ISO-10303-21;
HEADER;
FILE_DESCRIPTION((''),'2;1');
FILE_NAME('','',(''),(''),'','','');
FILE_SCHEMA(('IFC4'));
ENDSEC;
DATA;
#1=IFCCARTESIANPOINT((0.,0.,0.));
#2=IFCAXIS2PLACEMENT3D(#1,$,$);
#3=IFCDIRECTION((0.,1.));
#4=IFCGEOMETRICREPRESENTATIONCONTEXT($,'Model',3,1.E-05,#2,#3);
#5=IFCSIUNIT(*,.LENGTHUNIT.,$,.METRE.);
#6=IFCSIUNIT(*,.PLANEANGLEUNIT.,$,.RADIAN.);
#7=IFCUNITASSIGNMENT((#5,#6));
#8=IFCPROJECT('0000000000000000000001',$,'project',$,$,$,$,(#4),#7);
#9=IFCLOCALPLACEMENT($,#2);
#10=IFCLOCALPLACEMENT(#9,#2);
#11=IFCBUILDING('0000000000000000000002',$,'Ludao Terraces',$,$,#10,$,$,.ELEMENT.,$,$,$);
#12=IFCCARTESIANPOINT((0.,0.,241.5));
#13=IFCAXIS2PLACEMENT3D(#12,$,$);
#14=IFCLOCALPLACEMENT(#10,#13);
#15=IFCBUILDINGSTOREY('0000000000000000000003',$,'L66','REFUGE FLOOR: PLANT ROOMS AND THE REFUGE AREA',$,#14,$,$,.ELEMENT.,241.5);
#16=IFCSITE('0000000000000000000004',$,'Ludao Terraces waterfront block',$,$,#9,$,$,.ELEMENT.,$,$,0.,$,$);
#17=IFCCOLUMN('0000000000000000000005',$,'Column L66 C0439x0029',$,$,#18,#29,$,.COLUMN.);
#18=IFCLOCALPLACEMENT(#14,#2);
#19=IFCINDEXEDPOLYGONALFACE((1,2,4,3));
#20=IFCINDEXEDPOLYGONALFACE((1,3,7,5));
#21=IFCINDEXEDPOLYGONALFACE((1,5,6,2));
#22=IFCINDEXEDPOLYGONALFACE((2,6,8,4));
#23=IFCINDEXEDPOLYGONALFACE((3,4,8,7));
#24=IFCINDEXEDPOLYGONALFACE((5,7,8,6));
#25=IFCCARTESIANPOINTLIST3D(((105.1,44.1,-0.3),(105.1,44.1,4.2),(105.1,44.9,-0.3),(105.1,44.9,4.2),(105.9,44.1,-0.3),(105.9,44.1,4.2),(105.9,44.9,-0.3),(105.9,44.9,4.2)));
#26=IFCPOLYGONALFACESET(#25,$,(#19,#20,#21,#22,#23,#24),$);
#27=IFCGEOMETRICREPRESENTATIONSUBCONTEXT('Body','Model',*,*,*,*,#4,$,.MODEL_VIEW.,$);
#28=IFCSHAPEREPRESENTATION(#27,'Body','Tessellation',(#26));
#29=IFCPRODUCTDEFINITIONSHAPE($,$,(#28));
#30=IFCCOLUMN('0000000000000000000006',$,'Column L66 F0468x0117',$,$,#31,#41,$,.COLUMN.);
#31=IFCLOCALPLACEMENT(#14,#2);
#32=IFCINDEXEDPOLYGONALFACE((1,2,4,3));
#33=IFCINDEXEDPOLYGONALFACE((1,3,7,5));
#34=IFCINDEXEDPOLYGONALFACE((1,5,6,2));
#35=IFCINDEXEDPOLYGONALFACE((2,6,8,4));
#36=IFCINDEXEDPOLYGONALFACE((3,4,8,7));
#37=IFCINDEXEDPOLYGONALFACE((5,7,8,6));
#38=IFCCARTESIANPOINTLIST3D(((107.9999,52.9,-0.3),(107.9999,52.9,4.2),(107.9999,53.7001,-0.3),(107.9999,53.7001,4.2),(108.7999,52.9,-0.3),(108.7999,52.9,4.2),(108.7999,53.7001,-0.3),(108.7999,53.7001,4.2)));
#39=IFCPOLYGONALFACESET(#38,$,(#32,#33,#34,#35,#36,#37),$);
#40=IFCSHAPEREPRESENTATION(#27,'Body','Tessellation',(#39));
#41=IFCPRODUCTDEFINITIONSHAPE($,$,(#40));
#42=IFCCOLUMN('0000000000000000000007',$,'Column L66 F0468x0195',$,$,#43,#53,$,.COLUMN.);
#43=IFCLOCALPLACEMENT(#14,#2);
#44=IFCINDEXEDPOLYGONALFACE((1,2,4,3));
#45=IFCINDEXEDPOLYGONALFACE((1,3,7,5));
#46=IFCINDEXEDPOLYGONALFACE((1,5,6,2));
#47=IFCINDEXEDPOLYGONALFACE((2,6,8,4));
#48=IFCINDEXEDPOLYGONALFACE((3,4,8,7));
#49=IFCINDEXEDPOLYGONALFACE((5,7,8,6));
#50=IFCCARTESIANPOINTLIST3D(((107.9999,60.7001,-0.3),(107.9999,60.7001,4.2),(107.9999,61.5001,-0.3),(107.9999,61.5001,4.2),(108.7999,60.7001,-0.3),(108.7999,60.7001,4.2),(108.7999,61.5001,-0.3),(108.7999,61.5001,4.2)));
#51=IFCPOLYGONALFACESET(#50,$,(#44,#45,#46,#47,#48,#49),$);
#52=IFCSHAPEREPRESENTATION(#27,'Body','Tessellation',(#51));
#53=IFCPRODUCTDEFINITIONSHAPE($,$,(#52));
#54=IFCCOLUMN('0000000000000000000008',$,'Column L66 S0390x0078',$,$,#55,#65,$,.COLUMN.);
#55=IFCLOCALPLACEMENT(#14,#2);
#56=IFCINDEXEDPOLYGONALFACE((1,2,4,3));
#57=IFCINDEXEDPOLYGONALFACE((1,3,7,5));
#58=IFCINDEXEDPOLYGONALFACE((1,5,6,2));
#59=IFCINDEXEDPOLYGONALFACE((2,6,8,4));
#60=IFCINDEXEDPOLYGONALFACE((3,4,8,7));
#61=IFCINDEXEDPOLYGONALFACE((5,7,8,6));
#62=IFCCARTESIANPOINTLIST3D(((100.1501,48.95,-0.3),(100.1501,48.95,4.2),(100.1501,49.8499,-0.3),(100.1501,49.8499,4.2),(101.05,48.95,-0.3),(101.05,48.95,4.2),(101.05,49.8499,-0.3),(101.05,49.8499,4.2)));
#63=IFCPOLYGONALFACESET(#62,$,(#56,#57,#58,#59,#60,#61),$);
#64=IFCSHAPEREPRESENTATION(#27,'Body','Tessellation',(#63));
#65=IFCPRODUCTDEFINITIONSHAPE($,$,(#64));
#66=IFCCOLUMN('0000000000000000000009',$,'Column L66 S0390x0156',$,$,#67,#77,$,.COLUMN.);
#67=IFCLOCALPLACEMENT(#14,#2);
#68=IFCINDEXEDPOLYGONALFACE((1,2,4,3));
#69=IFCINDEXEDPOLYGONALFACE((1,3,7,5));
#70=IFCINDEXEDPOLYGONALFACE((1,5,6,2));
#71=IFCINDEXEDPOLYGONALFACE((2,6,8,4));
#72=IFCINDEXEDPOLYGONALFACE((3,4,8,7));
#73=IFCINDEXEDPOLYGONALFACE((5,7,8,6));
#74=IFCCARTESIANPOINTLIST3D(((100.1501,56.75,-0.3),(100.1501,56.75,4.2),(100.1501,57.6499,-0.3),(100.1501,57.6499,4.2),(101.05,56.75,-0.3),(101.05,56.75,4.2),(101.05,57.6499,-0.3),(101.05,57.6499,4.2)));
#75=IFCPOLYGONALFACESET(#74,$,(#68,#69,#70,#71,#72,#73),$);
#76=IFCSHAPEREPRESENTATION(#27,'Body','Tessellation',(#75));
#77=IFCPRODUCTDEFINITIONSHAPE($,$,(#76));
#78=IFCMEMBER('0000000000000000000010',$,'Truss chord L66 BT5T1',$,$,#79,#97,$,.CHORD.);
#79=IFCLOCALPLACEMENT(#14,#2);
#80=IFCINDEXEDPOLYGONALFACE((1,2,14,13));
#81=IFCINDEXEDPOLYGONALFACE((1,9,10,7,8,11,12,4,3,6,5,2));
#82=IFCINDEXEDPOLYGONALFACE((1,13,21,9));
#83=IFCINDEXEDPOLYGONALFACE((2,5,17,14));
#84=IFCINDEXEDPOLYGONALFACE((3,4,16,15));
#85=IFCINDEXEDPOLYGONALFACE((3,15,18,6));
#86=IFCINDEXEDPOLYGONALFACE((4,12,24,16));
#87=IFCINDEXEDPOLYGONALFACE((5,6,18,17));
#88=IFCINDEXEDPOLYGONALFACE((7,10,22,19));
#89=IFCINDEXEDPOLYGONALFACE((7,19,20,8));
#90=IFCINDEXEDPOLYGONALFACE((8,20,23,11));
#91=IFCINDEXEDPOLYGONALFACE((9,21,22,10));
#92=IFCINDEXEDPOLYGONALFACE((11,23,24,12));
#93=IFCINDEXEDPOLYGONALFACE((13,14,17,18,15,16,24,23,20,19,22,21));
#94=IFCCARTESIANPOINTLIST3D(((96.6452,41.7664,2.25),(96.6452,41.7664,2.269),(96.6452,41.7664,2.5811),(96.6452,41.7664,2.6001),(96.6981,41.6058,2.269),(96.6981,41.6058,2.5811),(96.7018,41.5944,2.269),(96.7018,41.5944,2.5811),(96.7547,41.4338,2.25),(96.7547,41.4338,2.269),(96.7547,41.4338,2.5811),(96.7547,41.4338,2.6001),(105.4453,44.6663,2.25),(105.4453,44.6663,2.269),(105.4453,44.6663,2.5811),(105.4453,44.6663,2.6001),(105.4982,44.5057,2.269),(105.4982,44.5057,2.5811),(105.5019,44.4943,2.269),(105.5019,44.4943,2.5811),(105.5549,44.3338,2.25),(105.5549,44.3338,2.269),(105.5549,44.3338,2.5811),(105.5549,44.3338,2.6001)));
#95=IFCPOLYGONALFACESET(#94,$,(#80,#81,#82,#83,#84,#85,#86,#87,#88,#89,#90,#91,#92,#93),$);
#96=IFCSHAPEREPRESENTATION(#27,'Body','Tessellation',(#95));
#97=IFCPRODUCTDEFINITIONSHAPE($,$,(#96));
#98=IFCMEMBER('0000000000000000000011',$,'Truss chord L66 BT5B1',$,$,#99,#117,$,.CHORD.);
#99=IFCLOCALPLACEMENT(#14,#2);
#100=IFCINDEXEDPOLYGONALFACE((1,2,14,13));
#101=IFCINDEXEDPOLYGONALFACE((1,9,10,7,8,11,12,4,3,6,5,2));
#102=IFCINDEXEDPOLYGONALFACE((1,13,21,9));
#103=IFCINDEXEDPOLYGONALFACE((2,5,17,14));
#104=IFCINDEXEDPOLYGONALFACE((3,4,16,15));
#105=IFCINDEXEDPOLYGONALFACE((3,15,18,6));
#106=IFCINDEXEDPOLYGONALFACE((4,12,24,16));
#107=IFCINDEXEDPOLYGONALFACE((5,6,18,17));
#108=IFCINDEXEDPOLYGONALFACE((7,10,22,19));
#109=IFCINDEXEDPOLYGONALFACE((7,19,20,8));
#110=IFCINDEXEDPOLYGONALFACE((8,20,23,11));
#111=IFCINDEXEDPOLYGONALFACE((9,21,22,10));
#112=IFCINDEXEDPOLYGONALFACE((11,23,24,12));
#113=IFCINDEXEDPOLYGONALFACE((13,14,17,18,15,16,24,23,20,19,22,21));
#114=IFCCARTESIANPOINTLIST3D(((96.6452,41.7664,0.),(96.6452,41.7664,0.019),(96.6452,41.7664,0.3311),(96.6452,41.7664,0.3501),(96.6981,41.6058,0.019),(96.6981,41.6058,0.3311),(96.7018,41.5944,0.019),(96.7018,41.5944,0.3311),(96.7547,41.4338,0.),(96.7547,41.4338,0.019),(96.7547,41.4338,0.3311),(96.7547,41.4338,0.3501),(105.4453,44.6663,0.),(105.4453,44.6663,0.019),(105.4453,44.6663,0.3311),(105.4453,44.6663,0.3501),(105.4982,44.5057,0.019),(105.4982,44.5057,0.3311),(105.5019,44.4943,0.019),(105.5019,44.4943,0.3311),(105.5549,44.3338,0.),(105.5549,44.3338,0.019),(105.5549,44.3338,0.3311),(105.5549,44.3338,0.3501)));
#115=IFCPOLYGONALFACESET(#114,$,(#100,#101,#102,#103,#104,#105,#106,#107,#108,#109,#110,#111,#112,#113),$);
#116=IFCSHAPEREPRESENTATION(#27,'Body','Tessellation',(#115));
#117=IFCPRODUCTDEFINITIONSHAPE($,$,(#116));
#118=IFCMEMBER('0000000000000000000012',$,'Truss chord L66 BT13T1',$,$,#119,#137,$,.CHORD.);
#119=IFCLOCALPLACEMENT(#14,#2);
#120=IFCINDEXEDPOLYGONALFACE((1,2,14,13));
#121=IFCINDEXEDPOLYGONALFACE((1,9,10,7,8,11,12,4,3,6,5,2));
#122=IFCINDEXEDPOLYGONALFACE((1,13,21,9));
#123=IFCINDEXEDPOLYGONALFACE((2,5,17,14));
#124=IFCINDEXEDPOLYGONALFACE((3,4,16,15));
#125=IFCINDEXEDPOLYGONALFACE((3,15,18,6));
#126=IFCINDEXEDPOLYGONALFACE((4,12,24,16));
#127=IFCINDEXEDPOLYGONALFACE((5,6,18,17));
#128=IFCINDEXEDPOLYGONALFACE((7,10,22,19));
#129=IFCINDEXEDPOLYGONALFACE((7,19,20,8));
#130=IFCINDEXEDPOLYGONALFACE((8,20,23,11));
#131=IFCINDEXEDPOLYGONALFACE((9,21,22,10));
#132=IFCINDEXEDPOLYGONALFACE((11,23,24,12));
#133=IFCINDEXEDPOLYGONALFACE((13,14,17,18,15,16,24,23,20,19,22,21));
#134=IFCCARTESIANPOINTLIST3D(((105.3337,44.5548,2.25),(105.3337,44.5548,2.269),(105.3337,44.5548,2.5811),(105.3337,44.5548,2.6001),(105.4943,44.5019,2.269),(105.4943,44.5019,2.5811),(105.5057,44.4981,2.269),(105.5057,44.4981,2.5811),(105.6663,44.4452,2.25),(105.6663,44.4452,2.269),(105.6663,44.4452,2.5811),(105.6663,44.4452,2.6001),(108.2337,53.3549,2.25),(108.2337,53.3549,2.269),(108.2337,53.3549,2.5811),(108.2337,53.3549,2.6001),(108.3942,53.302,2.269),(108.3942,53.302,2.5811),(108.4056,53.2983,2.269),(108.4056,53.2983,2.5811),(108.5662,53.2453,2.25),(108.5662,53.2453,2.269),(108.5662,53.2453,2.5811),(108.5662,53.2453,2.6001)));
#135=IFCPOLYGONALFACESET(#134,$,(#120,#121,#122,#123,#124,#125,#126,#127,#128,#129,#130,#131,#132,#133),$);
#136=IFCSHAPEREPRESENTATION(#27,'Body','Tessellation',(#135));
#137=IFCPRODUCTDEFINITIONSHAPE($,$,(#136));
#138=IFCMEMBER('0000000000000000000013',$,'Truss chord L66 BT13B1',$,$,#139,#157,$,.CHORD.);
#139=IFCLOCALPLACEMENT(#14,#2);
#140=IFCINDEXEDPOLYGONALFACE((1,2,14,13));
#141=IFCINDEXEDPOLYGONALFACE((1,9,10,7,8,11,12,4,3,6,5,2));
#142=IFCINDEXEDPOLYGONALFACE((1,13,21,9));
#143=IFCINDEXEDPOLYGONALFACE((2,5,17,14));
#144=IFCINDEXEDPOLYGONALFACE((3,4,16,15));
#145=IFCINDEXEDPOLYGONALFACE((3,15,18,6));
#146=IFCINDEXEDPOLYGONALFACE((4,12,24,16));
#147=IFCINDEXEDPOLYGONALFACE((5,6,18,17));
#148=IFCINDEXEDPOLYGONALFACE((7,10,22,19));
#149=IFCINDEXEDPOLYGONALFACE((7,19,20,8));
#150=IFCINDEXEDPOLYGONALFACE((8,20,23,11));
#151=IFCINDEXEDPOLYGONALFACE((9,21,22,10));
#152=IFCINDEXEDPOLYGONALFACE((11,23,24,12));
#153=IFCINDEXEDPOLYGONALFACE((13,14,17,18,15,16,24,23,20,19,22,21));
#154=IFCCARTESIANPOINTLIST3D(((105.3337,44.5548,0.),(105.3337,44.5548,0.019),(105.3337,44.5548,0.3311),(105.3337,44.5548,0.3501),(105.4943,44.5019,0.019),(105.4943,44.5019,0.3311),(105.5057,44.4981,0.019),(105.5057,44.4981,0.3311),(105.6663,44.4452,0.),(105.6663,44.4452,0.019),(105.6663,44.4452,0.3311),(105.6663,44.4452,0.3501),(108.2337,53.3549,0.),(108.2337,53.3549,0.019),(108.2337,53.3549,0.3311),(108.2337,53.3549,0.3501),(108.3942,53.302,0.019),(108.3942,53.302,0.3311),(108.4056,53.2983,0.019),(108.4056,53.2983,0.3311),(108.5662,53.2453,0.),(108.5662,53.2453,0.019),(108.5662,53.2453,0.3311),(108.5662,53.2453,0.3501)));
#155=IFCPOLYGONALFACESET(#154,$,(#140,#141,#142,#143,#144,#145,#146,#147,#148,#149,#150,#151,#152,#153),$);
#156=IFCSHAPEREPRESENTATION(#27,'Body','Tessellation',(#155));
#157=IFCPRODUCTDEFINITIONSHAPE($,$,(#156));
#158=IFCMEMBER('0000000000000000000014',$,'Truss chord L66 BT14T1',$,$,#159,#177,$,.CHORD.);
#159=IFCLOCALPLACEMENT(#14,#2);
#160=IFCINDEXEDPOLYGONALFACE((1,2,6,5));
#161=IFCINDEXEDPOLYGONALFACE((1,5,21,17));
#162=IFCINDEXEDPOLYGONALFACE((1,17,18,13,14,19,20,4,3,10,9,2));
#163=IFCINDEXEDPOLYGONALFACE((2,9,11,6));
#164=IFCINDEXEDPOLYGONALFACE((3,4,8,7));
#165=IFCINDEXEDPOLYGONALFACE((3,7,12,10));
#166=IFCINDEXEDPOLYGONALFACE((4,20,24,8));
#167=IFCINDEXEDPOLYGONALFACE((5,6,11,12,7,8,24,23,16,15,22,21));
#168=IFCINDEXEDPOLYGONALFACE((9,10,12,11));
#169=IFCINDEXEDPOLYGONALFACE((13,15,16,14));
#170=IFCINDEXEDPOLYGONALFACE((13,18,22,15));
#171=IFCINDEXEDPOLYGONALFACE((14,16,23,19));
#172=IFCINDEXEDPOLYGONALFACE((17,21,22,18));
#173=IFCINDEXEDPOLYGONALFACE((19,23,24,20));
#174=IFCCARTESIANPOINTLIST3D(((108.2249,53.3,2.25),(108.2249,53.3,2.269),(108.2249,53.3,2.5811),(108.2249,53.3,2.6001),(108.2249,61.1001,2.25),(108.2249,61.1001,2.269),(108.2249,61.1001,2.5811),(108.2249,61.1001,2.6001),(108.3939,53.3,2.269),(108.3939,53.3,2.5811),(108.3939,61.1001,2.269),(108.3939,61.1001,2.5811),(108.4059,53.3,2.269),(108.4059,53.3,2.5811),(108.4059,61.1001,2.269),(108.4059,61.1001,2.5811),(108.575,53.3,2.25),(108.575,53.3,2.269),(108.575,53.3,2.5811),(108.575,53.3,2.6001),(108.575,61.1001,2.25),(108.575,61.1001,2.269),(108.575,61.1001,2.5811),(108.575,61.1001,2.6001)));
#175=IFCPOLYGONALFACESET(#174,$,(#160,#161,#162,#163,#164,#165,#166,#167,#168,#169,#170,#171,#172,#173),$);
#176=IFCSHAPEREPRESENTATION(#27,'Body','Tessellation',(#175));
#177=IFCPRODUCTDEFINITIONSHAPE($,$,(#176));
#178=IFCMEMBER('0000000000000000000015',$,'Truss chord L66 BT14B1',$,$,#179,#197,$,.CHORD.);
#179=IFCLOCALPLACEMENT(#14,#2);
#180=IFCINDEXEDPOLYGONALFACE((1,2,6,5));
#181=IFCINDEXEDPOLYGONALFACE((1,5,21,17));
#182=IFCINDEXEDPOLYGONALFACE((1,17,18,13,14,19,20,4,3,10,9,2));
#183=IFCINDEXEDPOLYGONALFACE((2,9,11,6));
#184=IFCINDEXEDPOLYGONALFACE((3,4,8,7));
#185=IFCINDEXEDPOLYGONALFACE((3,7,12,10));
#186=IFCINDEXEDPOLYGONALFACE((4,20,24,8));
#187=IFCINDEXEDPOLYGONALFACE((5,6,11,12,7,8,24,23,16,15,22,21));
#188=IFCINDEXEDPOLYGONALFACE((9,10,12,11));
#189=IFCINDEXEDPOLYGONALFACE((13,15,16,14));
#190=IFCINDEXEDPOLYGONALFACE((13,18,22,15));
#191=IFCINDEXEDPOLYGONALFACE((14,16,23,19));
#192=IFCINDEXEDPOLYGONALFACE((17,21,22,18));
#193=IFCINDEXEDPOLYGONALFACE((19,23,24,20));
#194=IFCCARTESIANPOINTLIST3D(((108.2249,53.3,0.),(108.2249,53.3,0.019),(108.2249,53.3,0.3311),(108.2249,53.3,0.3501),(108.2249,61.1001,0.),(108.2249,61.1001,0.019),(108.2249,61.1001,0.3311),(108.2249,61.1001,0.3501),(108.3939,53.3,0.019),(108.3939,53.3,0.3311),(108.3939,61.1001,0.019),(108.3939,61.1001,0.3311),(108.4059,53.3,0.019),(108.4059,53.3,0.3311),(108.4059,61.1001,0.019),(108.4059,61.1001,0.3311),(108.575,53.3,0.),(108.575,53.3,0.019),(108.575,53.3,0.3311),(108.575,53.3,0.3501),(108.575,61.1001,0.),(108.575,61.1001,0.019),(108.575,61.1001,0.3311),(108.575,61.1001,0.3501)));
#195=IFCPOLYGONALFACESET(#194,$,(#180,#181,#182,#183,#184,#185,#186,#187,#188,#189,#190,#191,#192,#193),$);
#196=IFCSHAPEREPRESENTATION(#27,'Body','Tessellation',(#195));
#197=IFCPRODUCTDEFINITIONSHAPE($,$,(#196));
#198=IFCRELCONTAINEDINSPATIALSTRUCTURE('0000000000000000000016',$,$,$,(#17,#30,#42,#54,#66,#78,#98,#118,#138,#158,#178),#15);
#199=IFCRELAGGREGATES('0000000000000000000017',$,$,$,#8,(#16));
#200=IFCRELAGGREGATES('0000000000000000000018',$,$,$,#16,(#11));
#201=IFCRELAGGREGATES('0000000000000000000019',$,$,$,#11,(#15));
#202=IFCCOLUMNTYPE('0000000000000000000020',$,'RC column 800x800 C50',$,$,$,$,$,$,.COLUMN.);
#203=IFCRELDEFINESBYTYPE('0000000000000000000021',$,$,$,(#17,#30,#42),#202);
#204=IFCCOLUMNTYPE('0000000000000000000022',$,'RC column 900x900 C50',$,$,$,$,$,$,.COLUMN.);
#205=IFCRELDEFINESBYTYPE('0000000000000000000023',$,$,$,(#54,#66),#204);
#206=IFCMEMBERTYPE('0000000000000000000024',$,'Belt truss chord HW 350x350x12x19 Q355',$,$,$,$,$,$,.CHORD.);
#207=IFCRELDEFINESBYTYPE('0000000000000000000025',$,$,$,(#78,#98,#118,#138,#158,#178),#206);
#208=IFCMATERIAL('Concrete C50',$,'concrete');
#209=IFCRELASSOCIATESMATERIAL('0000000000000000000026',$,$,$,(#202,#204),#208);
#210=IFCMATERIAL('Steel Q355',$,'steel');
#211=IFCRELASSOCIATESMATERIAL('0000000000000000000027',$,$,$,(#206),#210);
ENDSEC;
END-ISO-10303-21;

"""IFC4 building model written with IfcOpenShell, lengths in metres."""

from ifc_helpers import new_model, si_unit, direction, frame, origin, origin_2d, place, context, subcontext, project, spatial, rectangle, i_section, extrude, material, material_profile, profile_set, type_object, element, save


model = new_model("IFC4")

# Units and contexts
model_context = context("Model", 3, precision=1e-05, world=origin(), true_north=direction((0.0, 1.0)))
body_context = subcontext(model_context, "Body", "Model", "MODEL_VIEW")
ifc_project = project(units=[si_unit("LENGTHUNIT", "METRE"), si_unit("PLANEANGLEUNIT", "RADIAN")], contexts=[model_context])

# Site, building, storey
site_placement = place(None, origin())
site = spatial("IfcSite", under=ifc_project, at=site_placement, Name="Ludao Terraces waterfront block", CompositionType="ELEMENT", RefElevation=0.0)
building_placement = place(site_placement, origin())
building = spatial("IfcBuilding", under=site, at=building_placement, Name="Ludao Terraces", CompositionType="ELEMENT")
storey_placement = place(building_placement, frame((0.0, 0.0, 241.5)))
storey = spatial("IfcBuildingStorey", under=building, at=storey_placement, Name="L66", Description="REFUGE FLOOR: PLANT ROOMS AND THE REFUGE AREA", CompositionType="ELEMENT", Elevation=241.5)

# Columns
ifc_material_1 = material(Name="Concrete C50", Category="concrete")
ifc_material_profile_1 = material_profile(ifc_material_1, rectangle(XDim=0.8, YDim=0.8, at=origin_2d()), Name="800 X 800")
ifc_profile_set_1 = profile_set([ifc_material_profile_1], Name="Concrete C50")
column_type_1 = type_object("IfcColumnType", Name="RC column 800x800 C50", PredefinedType="COLUMN", material=ifc_profile_set_1)
for number, where, z_axis, x_axis, name in (
    (1, (105.5, 44.5, -0.3), (0.0, 0.0, 1.0), (1.0, 0.0, 0.0), "Column L66 C0439x0029"),
    (2, (108.3999, 53.3, -0.3), (0.0, 0.0, 1.0), (1.0, 0.0, 0.0), "Column L66 F0468x0117"),
    (3, (108.3999, 61.1001, -0.3), (0.0, 0.0, 1.0), (1.0, 0.0, 0.0), "Column L66 F0468x0195"),
):
    element("IfcColumn", number, at=place(storey_placement, frame(where, z_axis=z_axis, x_axis=x_axis)), inside=storey, type_object=column_type_1, Name=name, PredefinedType="COLUMN", context=body_context, shape_type="SweptSolid", body=[
        extrude(rectangle(XDim=0.8, YDim=0.8, at=origin_2d()), origin(), (0.0, 0.0, 1.0), 4.5),
    ])
ifc_material_profile_2 = material_profile(ifc_material_1, rectangle(XDim=0.8999, YDim=0.8999, at=origin_2d()), Name="900 X 900")
ifc_profile_set_2 = profile_set([ifc_material_profile_2], Name="Concrete C50")
column_type_2 = type_object("IfcColumnType", Name="RC column 900x900 C50", PredefinedType="COLUMN", material=ifc_profile_set_2)
for number, where, z_axis, x_axis, name in (
    (4, (100.6001, 49.3999, -0.3), (0.0, 0.0, 1.0), (1.0, 0.0, 0.0), "Column L66 S0390x0078"),
    (5, (100.6001, 57.2, -0.3), (0.0, 0.0, 1.0), (1.0, 0.0, 0.0), "Column L66 S0390x0156"),
):
    element("IfcColumn", number, at=place(storey_placement, frame(where, z_axis=z_axis, x_axis=x_axis)), inside=storey, type_object=column_type_2, Name=name, PredefinedType="COLUMN", context=body_context, shape_type="SweptSolid", body=[
        extrude(rectangle(XDim=0.8999, YDim=0.8999, at=origin_2d()), origin(), (0.0, 0.0, 1.0), 4.5),
    ])

# Members
ifc_material_2 = material(Name="Steel Q355", Category="steel")
ifc_material_profile_3 = material_profile(ifc_material_2, i_section(OverallWidth=0.3501, OverallDepth=0.3501, WebThickness=0.012, FlangeThickness=0.019, at=origin_2d()), Name="HW 350X350X12X19")
ifc_profile_set_3 = profile_set([ifc_material_profile_3], Name="Steel Q355")
member_type_1 = type_object("IfcMemberType", Name="Belt truss chord HW 350x350x12x19 Q355", PredefinedType="CHORD", material=ifc_profile_set_3)
for number, where, z_axis, x_axis, name in (
    (6, (96.7, 41.6001, 2.425), (0.949761, 0.312977, 0.0), (-0.312977, 0.949761, 0.0), "Truss chord L66 BT5T1"),
    (7, (96.7, 41.6001, 0.175), (0.949761, 0.312977, 0.0), (-0.312977, 0.949761, 0.0), "Truss chord L66 BT5B1"),
    (8, (105.5, 44.5, 2.425), (0.312977, 0.949761, 0.0), (-0.949761, 0.312977, 0.0), "Truss chord L66 BT13T1"),
    (9, (105.5, 44.5, 0.175), (0.312977, 0.949761, 0.0), (-0.949761, 0.312977, 0.0), "Truss chord L66 BT13B1"),
):
    element("IfcMember", number, at=place(storey_placement, frame(where, z_axis=z_axis, x_axis=x_axis)), inside=storey, type_object=member_type_1, Name=name, PredefinedType="CHORD", context=body_context, shape_type="SweptSolid", body=[
        extrude(i_section(OverallWidth=0.3501, OverallDepth=0.3501, WebThickness=0.012, FlangeThickness=0.019, at=origin_2d()), origin(), (0.0, 0.0, 1.0), 9.2656),
    ])
for number, where, z_axis, x_axis, name in (
    (10, (108.3999, 53.3, 2.425), (0.0, 1.0, 0.0), (-1.0, 0.0, 0.0), "Truss chord L66 BT14T1"),
    (11, (108.3999, 53.3, 0.175), (0.0, 1.0, 0.0), (-1.0, 0.0, 0.0), "Truss chord L66 BT14B1"),
):
    element("IfcMember", number, at=place(storey_placement, frame(where, z_axis=z_axis, x_axis=x_axis)), inside=storey, type_object=member_type_1, Name=name, PredefinedType="CHORD", context=body_context, shape_type="SweptSolid", body=[
        extrude(i_section(OverallWidth=0.3501, OverallDepth=0.3501, WebThickness=0.012, FlangeThickness=0.019, at=origin_2d()), origin(), (0.0, 0.0, 1.0), 7.8),
    ])

save(model, "model.ifc")
